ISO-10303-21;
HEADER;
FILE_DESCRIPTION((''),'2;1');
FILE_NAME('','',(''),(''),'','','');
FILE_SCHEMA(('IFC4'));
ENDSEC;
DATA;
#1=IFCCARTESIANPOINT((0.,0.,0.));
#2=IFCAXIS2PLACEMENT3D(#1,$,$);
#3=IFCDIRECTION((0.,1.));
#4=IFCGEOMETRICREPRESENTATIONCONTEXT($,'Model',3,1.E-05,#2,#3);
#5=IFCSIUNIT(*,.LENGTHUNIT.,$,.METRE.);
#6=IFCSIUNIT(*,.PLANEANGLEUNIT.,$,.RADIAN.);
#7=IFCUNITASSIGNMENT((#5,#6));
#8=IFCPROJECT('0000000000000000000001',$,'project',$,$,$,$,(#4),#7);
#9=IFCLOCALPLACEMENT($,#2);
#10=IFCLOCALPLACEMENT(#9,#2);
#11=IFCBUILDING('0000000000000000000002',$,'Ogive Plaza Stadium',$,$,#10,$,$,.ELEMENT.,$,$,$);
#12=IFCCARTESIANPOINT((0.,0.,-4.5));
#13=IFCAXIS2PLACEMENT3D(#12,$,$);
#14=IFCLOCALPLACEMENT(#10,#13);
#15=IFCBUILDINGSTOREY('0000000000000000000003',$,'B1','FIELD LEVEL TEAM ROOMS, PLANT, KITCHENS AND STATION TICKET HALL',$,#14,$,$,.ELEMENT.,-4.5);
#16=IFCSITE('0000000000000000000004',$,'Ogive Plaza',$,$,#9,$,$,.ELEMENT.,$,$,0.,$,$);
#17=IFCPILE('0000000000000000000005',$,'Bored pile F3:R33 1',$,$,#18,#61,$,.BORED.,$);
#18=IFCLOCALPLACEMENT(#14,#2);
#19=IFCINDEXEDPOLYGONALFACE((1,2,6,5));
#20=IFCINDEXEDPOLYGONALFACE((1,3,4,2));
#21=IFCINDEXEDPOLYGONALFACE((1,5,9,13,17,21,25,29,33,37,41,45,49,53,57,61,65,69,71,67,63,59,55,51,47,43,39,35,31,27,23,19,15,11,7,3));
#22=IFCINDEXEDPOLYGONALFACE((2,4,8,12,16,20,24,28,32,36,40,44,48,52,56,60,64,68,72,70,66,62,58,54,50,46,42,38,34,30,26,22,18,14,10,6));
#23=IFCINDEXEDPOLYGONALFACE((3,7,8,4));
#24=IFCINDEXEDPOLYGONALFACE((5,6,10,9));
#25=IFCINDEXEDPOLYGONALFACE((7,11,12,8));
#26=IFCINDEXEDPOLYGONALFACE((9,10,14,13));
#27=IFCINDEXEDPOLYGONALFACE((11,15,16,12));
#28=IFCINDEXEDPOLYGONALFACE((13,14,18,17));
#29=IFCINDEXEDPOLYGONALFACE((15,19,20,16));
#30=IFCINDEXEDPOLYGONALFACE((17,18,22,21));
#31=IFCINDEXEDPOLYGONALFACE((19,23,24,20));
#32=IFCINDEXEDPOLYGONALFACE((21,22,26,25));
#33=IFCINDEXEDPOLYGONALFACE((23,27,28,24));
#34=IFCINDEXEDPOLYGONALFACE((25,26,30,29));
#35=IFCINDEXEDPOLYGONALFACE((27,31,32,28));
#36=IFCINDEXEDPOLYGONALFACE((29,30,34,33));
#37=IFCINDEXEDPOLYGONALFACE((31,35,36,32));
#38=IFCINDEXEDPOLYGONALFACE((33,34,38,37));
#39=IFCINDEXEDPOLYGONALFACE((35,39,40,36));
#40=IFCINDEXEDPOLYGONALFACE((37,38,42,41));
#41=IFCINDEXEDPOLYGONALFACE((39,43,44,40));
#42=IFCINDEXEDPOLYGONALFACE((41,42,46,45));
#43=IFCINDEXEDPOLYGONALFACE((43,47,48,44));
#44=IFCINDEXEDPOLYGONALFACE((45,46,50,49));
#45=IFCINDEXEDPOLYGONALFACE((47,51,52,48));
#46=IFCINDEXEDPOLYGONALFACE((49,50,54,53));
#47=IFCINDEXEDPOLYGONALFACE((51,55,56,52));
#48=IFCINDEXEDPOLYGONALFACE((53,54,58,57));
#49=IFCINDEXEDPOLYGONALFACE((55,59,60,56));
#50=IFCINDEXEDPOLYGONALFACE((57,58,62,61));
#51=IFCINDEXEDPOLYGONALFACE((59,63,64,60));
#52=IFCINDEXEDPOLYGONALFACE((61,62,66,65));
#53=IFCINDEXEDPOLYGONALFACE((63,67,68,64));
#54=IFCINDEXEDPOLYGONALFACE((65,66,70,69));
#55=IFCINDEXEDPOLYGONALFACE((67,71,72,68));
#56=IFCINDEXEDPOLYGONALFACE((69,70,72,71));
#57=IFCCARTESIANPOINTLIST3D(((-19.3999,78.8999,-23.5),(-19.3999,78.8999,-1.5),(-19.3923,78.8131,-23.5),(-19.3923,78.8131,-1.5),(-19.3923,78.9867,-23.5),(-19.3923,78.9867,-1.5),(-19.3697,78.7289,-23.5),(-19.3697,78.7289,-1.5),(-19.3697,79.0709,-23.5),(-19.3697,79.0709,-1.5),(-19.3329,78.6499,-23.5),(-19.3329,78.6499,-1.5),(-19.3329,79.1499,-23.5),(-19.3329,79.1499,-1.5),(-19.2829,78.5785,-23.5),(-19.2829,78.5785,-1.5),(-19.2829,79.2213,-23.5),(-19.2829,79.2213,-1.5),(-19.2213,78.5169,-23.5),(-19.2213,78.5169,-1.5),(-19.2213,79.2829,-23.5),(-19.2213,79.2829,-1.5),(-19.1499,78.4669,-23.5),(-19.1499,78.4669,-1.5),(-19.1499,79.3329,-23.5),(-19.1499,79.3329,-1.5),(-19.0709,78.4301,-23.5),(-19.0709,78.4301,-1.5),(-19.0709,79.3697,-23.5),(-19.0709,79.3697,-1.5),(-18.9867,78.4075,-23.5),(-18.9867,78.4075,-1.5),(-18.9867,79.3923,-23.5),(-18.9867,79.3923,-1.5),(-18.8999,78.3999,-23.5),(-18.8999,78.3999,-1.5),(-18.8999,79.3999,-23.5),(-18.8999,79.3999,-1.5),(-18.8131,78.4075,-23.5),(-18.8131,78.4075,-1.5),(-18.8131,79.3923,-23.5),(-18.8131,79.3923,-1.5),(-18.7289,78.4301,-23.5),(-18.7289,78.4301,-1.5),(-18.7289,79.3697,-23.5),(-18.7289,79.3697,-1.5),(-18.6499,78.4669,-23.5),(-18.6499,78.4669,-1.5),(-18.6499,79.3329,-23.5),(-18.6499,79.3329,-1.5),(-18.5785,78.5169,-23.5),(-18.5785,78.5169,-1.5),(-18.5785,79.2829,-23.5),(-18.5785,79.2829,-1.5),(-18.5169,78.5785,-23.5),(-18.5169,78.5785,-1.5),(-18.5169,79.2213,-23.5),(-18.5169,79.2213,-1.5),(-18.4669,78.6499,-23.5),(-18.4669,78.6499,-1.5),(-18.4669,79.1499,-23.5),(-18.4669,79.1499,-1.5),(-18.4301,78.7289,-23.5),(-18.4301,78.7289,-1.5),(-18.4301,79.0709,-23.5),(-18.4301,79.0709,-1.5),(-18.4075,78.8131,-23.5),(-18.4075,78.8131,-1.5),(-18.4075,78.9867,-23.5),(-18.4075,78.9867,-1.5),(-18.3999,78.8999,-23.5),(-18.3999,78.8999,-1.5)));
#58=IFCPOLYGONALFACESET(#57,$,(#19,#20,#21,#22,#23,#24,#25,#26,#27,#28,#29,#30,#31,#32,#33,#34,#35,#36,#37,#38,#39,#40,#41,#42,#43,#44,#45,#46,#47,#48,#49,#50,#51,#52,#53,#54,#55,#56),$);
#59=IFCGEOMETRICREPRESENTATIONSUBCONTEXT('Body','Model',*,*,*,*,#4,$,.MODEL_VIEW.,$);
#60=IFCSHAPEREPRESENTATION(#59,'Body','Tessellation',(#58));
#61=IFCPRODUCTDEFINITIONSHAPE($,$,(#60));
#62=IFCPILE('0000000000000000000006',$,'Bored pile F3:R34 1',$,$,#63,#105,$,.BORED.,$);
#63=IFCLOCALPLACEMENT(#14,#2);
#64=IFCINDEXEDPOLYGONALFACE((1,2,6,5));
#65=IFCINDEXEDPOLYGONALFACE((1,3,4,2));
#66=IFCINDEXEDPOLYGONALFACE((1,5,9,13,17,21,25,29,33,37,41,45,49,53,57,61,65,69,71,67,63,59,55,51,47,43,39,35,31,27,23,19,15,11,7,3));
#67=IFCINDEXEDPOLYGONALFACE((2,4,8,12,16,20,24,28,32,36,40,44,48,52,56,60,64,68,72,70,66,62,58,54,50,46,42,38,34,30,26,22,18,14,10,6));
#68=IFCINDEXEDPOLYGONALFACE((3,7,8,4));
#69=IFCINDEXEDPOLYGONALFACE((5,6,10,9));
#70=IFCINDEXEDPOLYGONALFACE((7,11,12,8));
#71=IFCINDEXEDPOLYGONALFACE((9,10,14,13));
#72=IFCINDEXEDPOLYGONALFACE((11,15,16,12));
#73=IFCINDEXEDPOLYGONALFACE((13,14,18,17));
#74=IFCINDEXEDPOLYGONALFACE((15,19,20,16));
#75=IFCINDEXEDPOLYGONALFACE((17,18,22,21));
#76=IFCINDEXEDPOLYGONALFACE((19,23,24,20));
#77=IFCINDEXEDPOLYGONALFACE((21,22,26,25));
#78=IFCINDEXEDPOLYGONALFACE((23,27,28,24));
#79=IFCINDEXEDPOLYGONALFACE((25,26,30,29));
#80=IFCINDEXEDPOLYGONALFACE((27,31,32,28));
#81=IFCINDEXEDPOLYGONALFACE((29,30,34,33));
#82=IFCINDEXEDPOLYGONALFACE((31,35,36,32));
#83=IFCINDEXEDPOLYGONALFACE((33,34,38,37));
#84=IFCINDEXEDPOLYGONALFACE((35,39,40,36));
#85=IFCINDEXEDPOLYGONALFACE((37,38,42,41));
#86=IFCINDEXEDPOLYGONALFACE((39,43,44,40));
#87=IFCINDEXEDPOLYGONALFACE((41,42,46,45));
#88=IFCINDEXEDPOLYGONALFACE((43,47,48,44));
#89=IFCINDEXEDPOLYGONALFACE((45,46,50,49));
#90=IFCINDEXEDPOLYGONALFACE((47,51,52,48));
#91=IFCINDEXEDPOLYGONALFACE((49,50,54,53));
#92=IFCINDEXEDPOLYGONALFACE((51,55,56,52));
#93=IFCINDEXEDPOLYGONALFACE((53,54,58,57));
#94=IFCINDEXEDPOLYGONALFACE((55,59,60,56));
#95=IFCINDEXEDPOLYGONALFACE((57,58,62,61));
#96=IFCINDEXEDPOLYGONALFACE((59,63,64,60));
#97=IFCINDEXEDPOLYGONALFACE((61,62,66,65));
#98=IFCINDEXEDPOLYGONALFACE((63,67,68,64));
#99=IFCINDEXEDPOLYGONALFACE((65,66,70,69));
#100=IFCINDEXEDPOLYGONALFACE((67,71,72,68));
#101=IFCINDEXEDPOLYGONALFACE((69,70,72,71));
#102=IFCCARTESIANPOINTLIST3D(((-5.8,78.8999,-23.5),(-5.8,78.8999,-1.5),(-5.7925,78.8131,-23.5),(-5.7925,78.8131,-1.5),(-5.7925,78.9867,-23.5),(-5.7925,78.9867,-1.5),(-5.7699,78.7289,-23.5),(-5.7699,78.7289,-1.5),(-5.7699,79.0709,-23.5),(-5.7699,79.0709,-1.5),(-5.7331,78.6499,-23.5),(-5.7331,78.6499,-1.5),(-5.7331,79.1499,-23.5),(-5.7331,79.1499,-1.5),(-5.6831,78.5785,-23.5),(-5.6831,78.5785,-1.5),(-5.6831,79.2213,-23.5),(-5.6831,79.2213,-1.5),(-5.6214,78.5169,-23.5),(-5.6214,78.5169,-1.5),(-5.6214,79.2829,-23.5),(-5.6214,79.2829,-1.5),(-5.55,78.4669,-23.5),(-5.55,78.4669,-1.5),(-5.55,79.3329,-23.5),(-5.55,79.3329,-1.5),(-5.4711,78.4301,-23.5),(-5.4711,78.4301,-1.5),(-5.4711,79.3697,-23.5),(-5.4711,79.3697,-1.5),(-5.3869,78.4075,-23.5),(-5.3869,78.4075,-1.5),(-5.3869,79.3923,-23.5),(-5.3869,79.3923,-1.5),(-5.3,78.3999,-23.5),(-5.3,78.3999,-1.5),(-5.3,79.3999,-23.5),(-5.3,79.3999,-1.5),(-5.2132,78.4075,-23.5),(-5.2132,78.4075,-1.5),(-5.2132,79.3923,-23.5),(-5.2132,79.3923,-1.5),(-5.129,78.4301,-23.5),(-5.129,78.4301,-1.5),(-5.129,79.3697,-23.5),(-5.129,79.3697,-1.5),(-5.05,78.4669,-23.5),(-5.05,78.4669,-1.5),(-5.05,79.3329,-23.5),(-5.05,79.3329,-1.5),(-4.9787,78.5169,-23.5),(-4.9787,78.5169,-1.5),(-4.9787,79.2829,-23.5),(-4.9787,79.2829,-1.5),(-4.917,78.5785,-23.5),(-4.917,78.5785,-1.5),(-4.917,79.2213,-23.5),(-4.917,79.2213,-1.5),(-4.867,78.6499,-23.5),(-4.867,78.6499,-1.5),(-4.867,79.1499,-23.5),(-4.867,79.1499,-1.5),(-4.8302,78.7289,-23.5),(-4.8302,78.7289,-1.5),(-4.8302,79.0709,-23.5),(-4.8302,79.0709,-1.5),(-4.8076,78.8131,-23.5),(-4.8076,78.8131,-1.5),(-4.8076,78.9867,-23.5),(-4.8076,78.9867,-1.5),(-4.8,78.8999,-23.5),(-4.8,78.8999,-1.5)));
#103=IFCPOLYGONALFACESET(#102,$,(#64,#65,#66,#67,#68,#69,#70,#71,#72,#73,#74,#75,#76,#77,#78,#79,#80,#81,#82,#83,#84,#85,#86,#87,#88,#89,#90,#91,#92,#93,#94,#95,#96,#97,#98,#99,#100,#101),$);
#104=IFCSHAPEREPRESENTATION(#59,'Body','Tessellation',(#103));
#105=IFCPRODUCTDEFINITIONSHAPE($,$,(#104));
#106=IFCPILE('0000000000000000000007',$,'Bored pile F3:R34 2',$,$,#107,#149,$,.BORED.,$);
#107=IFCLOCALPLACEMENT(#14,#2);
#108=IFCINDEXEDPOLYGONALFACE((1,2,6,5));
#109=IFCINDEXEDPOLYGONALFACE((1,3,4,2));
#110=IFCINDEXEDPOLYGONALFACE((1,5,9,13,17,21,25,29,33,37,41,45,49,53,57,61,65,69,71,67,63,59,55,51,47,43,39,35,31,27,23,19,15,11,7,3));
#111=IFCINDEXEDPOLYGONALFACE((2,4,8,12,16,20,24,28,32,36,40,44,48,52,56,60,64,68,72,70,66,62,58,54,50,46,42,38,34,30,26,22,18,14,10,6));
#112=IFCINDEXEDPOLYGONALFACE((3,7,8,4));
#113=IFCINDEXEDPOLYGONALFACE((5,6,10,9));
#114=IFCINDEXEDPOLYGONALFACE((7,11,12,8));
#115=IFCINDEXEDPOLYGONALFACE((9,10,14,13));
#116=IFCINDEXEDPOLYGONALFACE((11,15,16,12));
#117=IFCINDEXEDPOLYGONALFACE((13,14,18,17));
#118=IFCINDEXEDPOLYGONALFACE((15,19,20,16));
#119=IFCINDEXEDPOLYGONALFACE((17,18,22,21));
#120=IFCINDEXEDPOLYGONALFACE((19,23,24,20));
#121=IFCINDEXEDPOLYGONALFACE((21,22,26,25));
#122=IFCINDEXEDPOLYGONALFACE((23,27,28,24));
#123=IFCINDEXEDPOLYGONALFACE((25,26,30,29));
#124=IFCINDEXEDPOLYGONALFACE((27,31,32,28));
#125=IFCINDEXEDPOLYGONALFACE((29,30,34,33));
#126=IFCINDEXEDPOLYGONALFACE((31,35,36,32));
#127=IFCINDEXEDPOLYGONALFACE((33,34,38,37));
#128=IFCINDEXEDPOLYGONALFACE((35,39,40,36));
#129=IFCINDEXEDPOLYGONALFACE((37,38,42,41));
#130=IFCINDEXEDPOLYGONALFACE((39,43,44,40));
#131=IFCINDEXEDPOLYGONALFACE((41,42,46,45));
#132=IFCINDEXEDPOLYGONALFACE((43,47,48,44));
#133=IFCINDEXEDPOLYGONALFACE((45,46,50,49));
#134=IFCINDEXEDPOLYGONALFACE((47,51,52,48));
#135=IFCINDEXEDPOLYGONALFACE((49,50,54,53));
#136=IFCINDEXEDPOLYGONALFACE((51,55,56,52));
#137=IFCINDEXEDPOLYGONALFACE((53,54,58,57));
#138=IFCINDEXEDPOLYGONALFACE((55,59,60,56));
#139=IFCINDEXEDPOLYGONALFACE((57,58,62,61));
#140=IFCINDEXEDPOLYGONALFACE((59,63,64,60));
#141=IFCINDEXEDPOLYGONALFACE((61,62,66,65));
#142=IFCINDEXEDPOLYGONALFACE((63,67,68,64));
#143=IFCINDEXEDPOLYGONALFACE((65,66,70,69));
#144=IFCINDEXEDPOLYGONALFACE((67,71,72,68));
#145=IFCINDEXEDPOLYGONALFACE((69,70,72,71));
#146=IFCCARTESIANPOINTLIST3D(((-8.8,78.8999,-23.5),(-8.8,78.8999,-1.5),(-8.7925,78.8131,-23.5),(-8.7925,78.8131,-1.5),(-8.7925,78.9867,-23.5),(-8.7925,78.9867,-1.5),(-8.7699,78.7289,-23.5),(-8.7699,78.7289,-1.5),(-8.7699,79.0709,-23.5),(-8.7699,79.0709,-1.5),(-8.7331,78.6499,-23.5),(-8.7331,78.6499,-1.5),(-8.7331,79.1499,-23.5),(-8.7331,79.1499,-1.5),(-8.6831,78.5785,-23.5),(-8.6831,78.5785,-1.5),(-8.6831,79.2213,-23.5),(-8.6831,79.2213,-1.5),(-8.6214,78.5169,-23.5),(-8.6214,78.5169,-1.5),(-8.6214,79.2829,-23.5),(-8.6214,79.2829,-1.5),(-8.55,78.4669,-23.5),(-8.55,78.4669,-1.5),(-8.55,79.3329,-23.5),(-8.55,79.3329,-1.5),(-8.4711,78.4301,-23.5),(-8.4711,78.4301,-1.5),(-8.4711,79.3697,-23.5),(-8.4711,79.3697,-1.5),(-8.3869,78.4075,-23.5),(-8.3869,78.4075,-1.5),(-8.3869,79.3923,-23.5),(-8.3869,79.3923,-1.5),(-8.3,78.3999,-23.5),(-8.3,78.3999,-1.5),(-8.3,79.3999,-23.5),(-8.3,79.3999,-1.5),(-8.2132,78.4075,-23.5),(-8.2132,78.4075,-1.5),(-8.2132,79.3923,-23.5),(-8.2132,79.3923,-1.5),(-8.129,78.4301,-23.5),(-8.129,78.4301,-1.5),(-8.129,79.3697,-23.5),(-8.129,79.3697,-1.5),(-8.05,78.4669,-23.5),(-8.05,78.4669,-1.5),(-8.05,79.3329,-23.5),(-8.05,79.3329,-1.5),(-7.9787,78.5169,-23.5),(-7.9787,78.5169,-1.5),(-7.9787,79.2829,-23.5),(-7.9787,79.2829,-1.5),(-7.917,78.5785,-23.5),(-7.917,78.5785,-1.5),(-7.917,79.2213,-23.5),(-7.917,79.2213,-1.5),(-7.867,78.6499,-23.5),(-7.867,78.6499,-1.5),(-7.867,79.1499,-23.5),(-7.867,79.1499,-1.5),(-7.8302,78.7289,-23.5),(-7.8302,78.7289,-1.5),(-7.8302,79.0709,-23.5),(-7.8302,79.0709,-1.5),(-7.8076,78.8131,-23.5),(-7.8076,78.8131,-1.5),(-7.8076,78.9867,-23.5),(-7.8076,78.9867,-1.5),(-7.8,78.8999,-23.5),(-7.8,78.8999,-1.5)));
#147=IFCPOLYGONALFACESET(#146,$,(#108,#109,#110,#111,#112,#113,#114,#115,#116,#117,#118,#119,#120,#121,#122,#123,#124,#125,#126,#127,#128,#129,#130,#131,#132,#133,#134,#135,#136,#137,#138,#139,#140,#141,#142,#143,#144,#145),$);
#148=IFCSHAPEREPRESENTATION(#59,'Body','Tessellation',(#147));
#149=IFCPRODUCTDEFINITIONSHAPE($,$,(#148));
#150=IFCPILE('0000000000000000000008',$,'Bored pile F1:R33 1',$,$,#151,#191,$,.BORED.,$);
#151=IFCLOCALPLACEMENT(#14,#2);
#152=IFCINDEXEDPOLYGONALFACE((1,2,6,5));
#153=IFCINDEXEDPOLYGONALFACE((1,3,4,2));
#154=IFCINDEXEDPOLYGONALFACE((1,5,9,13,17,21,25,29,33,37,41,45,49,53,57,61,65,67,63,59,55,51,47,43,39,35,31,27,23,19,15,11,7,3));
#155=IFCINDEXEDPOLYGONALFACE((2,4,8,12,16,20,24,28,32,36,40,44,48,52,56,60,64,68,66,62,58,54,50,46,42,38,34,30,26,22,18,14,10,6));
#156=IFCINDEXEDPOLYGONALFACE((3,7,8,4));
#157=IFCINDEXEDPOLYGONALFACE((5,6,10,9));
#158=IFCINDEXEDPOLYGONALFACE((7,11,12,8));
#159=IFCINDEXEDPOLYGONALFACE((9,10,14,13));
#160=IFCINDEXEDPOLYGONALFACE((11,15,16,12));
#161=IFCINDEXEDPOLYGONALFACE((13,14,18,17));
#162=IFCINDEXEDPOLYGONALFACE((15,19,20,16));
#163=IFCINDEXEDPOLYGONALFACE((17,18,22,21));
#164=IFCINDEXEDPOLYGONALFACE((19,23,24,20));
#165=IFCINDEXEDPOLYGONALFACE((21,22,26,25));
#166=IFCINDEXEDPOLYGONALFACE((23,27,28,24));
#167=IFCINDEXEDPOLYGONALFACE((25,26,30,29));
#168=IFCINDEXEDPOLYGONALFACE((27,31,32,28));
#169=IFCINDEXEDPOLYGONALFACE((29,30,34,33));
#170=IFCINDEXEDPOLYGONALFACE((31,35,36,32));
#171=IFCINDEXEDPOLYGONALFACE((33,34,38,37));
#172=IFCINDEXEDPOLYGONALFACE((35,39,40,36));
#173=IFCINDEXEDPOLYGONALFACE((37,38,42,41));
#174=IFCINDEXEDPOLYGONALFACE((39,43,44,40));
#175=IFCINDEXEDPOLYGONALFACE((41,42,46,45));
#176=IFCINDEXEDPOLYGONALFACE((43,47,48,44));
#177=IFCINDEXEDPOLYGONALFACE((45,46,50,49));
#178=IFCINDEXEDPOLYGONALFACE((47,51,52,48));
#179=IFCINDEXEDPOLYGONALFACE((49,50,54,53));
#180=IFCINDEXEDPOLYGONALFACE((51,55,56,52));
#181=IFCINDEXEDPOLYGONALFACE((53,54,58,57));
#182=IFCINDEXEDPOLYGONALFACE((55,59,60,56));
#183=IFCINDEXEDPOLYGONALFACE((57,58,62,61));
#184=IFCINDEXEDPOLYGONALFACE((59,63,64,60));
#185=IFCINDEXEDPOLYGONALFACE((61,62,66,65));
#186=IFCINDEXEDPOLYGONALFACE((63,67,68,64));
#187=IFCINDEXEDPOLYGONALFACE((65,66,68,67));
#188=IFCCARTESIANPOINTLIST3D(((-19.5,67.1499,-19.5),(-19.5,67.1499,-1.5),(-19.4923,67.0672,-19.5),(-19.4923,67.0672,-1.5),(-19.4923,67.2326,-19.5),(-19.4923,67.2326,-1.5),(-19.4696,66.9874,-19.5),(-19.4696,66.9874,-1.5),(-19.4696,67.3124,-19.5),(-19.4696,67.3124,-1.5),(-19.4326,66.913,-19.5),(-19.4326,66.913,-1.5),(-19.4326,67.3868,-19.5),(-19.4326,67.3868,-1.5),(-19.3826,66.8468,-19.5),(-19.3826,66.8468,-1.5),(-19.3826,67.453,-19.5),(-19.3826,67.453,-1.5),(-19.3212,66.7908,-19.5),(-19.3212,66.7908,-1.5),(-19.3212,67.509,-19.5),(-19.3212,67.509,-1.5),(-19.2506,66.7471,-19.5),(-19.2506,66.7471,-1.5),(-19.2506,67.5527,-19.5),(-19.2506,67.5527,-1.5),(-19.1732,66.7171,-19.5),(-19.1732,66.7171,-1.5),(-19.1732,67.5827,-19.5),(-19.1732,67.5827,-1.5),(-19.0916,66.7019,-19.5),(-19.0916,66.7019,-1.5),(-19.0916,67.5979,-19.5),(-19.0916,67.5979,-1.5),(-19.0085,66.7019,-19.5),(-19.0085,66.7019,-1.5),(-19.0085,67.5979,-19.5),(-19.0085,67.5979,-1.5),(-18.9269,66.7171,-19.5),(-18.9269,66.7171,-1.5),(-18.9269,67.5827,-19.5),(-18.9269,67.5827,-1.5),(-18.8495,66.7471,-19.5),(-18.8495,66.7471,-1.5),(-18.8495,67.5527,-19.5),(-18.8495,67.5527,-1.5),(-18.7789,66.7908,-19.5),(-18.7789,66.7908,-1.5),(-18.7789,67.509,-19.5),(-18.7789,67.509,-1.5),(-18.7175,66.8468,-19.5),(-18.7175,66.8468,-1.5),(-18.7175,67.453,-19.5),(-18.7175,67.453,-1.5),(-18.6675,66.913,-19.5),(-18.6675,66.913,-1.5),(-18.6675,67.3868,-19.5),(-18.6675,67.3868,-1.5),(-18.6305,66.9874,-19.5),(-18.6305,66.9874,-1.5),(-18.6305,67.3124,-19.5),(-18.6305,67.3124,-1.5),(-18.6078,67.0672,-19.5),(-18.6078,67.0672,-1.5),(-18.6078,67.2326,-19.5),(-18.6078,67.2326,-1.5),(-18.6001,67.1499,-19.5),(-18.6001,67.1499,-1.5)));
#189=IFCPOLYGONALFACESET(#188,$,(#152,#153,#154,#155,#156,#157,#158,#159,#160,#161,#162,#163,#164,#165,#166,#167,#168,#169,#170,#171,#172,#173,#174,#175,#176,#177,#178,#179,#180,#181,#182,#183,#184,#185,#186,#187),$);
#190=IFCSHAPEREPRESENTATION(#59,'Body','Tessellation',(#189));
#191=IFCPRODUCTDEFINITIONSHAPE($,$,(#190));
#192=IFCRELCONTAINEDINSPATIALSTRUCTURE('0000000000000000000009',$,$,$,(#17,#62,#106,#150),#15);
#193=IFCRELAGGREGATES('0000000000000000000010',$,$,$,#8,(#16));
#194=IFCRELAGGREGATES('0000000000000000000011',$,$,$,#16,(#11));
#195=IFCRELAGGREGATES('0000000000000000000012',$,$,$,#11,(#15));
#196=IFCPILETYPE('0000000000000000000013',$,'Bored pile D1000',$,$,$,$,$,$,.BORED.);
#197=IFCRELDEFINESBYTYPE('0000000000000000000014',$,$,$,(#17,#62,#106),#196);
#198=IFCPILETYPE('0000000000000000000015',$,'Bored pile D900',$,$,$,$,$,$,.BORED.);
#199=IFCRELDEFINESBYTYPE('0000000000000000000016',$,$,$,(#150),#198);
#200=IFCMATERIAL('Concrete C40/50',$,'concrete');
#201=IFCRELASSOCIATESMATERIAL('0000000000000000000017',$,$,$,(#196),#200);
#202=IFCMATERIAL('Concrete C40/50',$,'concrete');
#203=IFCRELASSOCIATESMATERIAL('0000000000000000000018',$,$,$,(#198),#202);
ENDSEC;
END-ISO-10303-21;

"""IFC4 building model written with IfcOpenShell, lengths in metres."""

from ifc_helpers import new_model, si_unit, direction, frame, origin, origin_2d, place, context, subcontext, project, spatial, circle, extrude, material, material_profile, profile_set, type_object, element, save


model = new_model("IFC4")

# Units and contexts
model_context = context("Model", 3, precision=1e-05, world=origin(), true_north=direction((0.0, 1.0)))
body_context = subcontext(model_context, "Body", "Model", "MODEL_VIEW")
ifc_project = project(units=[si_unit("LENGTHUNIT", "METRE"), si_unit("PLANEANGLEUNIT", "RADIAN")], contexts=[model_context])

# Site, building, storey
site_placement = place(None, origin())
site = spatial("IfcSite", under=ifc_project, at=site_placement, Name="Ogive Plaza", CompositionType="ELEMENT", RefElevation=0.0)
building_placement = place(site_placement, origin())
building = spatial("IfcBuilding", under=site, at=building_placement, Name="Ogive Plaza Stadium", CompositionType="ELEMENT")
storey_placement = place(building_placement, frame((0.0, 0.0, -4.5)))
storey = spatial("IfcBuildingStorey", under=building, at=storey_placement, Name="B1", Description="FIELD LEVEL TEAM ROOMS, PLANT, KITCHENS AND STATION TICKET HALL", CompositionType="ELEMENT", Elevation=-4.5)

# Piles
ifc_material_1 = material(Name="Concrete C40/50", Category="concrete")
ifc_material_profile_1 = material_profile(ifc_material_1, circle(Radius=0.5, at=origin_2d()), Name="RC D1000")
ifc_profile_set_1 = profile_set([ifc_material_profile_1], Name="Concrete C40/50")
pile_type_1 = type_object("IfcPileType", Name="Bored pile D1000", PredefinedType="BORED", material=ifc_profile_set_1)
for number, where, z_axis, x_axis, name in (
    (1, (-18.8999, 78.8999, -1.5), (0.0, 0.0, -1.0), (1.0, 0.0, 0.0), "Bored pile F3:R33 1"),
    (2, (-5.3, 78.8999, -1.5), (0.0, 0.0, -1.0), (1.0, 0.0, 0.0), "Bored pile F3:R34 1"),
    (3, (-8.3, 78.8999, -1.5), (0.0, 0.0, -1.0), (1.0, 0.0, 0.0), "Bored pile F3:R34 2"),
):
    element("IfcPile", number, at=place(storey_placement, frame(where, z_axis=z_axis, x_axis=x_axis)), inside=storey, type_object=pile_type_1, Name=name, PredefinedType="BORED", context=body_context, shape_type="SweptSolid", body=[
        extrude(circle(Radius=0.5, at=origin_2d()), origin(), (0.0, 0.0, 1.0), 22.0),
    ])
ifc_material_2 = material(Name="Concrete C40/50", Category="concrete")
ifc_material_profile_2 = material_profile(ifc_material_2, circle(Radius=0.45, at=origin_2d()), Name="RC D900")
ifc_profile_set_2 = profile_set([ifc_material_profile_2], Name="Concrete C40/50")
pile_type_2 = type_object("IfcPileType", Name="Bored pile D900", PredefinedType="BORED", material=ifc_profile_set_2)
for number, where, z_axis, x_axis, name in (
    (4, (-19.05, 67.1499, -1.5), (0.0, 0.0, -1.0), (1.0, 0.0, 0.0), "Bored pile F1:R33 1"),
):
    element("IfcPile", number, at=place(storey_placement, frame(where, z_axis=z_axis, x_axis=x_axis)), inside=storey, type_object=pile_type_2, Name=name, PredefinedType="BORED", context=body_context, shape_type="SweptSolid", body=[
        extrude(circle(Radius=0.45, at=origin_2d()), origin(), (0.0, 0.0, 1.0), 18.0),
    ])

save(model, "model.ifc")
